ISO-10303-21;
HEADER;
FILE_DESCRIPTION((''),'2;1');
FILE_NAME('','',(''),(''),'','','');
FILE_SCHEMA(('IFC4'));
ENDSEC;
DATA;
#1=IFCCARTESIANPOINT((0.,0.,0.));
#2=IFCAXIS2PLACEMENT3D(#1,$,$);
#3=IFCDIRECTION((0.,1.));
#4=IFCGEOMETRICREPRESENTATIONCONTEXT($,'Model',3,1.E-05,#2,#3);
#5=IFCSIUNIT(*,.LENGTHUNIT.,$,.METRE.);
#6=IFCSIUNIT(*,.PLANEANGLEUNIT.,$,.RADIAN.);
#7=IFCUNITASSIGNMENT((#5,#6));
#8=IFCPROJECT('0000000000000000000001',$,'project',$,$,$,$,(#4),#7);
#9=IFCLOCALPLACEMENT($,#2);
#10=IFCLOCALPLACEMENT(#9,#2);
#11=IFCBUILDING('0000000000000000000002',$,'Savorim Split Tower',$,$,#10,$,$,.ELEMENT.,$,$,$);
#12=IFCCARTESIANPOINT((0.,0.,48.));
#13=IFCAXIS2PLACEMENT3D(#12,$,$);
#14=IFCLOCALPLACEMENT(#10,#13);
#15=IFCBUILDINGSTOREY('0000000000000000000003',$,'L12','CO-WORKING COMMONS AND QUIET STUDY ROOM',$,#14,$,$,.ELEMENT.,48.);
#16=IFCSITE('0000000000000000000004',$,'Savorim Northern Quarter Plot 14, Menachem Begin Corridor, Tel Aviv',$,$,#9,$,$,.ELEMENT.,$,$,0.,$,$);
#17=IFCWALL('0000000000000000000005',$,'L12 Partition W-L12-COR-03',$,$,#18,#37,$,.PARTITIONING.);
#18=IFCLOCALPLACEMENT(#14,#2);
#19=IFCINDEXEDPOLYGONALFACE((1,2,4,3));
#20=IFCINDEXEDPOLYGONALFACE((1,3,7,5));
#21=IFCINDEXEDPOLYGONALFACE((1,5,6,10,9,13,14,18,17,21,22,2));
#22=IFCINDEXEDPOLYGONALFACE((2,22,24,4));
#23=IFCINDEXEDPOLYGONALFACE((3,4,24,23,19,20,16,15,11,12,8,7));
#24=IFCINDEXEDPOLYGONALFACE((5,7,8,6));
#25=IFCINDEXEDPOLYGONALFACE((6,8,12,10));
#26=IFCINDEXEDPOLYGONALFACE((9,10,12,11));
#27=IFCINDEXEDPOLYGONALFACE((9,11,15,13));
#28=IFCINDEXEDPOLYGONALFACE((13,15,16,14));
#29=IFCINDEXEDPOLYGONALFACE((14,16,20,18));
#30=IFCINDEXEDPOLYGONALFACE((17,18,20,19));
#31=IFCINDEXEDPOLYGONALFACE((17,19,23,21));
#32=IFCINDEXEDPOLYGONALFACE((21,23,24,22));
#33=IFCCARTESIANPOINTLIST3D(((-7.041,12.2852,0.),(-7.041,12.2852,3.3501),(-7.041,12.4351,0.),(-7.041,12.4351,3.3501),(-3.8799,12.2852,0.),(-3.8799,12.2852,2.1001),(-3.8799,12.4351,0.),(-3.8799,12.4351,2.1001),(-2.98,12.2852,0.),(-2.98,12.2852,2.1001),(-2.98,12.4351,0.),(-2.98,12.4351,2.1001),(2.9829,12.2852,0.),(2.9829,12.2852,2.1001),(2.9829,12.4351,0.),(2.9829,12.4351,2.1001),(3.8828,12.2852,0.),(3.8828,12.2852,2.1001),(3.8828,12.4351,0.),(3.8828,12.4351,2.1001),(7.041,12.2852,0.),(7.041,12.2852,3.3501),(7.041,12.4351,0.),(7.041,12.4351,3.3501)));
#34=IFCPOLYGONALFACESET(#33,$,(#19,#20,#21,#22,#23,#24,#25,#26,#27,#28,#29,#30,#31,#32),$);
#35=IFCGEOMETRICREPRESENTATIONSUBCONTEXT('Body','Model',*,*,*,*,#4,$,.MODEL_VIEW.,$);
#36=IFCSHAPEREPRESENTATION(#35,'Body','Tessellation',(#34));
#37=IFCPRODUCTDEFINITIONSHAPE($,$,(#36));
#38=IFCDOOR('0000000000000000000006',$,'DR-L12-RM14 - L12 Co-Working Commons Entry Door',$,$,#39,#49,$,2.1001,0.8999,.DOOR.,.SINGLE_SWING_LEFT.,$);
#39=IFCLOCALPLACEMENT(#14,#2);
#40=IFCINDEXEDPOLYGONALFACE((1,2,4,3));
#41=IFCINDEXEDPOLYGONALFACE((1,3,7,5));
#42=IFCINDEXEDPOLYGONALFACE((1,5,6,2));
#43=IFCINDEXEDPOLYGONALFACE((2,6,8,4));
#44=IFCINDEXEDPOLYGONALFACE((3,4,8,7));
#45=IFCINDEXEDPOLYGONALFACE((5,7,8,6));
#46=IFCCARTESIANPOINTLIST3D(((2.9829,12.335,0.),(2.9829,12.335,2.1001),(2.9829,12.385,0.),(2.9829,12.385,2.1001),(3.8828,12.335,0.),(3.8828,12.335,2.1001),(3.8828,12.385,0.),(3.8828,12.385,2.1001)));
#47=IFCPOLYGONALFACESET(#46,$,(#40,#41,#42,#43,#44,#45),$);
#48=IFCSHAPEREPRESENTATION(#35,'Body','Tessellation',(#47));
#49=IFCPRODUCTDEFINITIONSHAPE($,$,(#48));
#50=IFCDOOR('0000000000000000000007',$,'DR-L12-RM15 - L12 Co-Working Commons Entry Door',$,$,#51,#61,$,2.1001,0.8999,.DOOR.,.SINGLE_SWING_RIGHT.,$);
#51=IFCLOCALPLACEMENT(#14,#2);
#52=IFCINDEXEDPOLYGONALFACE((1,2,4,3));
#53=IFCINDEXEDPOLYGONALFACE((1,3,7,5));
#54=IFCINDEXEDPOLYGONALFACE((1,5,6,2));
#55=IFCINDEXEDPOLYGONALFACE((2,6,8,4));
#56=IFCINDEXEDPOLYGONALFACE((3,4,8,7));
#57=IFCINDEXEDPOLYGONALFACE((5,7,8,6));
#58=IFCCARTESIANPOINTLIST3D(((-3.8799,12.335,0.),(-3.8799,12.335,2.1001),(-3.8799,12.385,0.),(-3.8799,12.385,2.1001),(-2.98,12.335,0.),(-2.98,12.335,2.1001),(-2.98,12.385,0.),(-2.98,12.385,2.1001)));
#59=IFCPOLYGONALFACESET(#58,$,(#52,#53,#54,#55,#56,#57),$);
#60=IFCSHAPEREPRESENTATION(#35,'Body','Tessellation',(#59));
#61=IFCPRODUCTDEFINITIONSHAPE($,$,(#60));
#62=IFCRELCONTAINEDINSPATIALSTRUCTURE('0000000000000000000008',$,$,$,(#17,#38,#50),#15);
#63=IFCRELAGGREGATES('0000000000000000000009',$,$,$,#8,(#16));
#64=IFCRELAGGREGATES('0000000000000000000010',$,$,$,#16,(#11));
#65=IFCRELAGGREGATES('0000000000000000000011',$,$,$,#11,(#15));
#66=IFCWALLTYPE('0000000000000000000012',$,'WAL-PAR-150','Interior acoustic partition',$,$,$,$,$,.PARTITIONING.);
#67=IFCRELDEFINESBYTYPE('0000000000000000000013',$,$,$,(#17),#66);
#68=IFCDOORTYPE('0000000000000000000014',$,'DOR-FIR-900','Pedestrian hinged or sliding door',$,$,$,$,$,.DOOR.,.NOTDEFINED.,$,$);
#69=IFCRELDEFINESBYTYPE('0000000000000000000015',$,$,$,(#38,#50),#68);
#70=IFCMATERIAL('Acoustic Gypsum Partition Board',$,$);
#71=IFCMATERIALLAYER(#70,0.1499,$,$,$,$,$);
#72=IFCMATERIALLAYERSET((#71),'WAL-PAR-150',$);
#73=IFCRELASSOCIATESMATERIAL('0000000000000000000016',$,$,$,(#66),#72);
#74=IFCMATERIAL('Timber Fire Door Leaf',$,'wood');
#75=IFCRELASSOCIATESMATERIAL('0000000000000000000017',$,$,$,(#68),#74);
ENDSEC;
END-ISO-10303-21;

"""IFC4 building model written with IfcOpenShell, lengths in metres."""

from ifc_helpers import new_model, si_unit, direction, frame, frame_2d, origin, place, context, subcontext, project, spatial, rectangle, extrude, material, layer, layer_set, type_object, element, fill, save


model = new_model("IFC4")

# Units and contexts
model_context = context("Model", 3, precision=1e-05, world=origin(), true_north=direction((0.0, 1.0)))
body_context = subcontext(model_context, "Body", "Model", "MODEL_VIEW")
ifc_project = project(units=[si_unit("LENGTHUNIT", "METRE"), si_unit("PLANEANGLEUNIT", "RADIAN")], contexts=[model_context])

# Site, building, storey
site_placement = place(None, origin())
site = spatial("IfcSite", under=ifc_project, at=site_placement, Name="Savorim Northern Quarter Plot 14, Menachem Begin Corridor, Tel Aviv", CompositionType="ELEMENT", RefElevation=0.0)
building_placement = place(site_placement, origin())
building = spatial("IfcBuilding", under=site, at=building_placement, Name="Savorim Split Tower", CompositionType="ELEMENT")
storey_placement = place(building_placement, frame((0.0, 0.0, 48.0)))
storey = spatial("IfcBuildingStorey", under=building, at=storey_placement, Name="L12", Description="CO-WORKING COMMONS AND QUIET STUDY ROOM", CompositionType="ELEMENT", Elevation=48.0)

# Shared definitions
ifc_material_1 = material(Name="Acoustic Gypsum Partition Board")
ifc_layer_1 = layer(ifc_material_1, 0.1499)
ifc_layer_set_1 = layer_set([ifc_layer_1], Name="WAL-PAR-150")
wall_type_1 = type_object("IfcWallType", Name="WAL-PAR-150", Description="Interior acoustic partition", PredefinedType="PARTITIONING", material=ifc_layer_set_1)

# Wall, openings, doors
wall_1_placement = place(storey_placement, frame((-7.041, 12.3601, 0.0), z_axis=(0.0, 0.0, 1.0), x_axis=(1.0, 0.0, 0.0)))
wall_1 = element("IfcWall", 1, at=wall_1_placement, inside=storey, type_object=wall_type_1, Name="L12 Partition W-L12-COR-03", PredefinedType="PARTITIONING", context=body_context, shape_type="SweptSolid", body=[
    extrude(rectangle(XDim=14.082, YDim=0.1499, at=frame_2d((7.041, 0.0))), origin(), (0.0, 0.0, 1.0), 3.3501),
])
opening_1_placement = place(wall_1_placement, frame((10.0239, 0.0, 0.0)))
opening_1 = element("IfcOpeningElement", 2, at=opening_1_placement, cuts=wall_1, PredefinedType="OPENING", context=body_context, shape_type="SweptSolid", body=[
    extrude(rectangle(XDim=0.8999, YDim=2.1001, at=frame_2d((0.45, 1.05))), frame((0.0, 0.085, 0.0), z_axis=(0.0, -1.0, 0.0), x_axis=(1.0, 0.0, 0.0)), (0.0, 0.0, 1.0), 0.1699),
])
opening_2_placement = place(wall_1_placement, frame((3.1611, 0.0, 0.0)))
opening_2 = element("IfcOpeningElement", 3, at=opening_2_placement, cuts=wall_1, PredefinedType="OPENING", context=body_context, shape_type="SweptSolid", body=[
    extrude(rectangle(XDim=0.8999, YDim=2.1001, at=frame_2d((0.45, 1.05))), frame((0.0, 0.085, 0.0), z_axis=(0.0, -1.0, 0.0), x_axis=(1.0, 0.0, 0.0)), (0.0, 0.0, 1.0), 0.1699),
])
ifc_material_2 = material(Name="Timber Fire Door Leaf", Category="wood")
door_type_1 = type_object("IfcDoorType", Name="DOR-FIR-900", Description="Pedestrian hinged or sliding door", OperationType="NOTDEFINED", PredefinedType="DOOR", material=ifc_material_2)
door_1_placement = place(opening_1_placement, origin())
door_1 = element("IfcDoor", 4, at=door_1_placement, inside=storey, type_object=door_type_1, Name="DR-L12-RM14 - L12 Co-Working Commons Entry Door", OperationType="SINGLE_SWING_LEFT", OverallHeight=2.1001, OverallWidth=0.8999, PredefinedType="DOOR", context=body_context, shape_type="SweptSolid", body=[
    extrude(rectangle(XDim=0.8999, YDim=2.1001, at=frame_2d((0.45, 1.05))), frame((0.0, 0.0249, 0.0), z_axis=(0.0, -1.0, 0.0), x_axis=(1.0, 0.0, 0.0)), (0.0, 0.0, 1.0), 0.05),
])
fill(opening_1, door_1)
door_2_placement = place(opening_2_placement, origin())
door_2 = element("IfcDoor", 5, at=door_2_placement, inside=storey, type_object=door_type_1, Name="DR-L12-RM15 - L12 Co-Working Commons Entry Door", OperationType="SINGLE_SWING_RIGHT", OverallHeight=2.1001, OverallWidth=0.8999, PredefinedType="DOOR", context=body_context, shape_type="SweptSolid", body=[
    extrude(rectangle(XDim=0.8999, YDim=2.1001, at=frame_2d((0.45, 1.05))), frame((0.0, 0.0249, 0.0), z_axis=(0.0, -1.0, 0.0), x_axis=(1.0, 0.0, 0.0)), (0.0, 0.0, 1.0), 0.05),
])
fill(opening_2, door_2)

save(model, "model.ifc")
